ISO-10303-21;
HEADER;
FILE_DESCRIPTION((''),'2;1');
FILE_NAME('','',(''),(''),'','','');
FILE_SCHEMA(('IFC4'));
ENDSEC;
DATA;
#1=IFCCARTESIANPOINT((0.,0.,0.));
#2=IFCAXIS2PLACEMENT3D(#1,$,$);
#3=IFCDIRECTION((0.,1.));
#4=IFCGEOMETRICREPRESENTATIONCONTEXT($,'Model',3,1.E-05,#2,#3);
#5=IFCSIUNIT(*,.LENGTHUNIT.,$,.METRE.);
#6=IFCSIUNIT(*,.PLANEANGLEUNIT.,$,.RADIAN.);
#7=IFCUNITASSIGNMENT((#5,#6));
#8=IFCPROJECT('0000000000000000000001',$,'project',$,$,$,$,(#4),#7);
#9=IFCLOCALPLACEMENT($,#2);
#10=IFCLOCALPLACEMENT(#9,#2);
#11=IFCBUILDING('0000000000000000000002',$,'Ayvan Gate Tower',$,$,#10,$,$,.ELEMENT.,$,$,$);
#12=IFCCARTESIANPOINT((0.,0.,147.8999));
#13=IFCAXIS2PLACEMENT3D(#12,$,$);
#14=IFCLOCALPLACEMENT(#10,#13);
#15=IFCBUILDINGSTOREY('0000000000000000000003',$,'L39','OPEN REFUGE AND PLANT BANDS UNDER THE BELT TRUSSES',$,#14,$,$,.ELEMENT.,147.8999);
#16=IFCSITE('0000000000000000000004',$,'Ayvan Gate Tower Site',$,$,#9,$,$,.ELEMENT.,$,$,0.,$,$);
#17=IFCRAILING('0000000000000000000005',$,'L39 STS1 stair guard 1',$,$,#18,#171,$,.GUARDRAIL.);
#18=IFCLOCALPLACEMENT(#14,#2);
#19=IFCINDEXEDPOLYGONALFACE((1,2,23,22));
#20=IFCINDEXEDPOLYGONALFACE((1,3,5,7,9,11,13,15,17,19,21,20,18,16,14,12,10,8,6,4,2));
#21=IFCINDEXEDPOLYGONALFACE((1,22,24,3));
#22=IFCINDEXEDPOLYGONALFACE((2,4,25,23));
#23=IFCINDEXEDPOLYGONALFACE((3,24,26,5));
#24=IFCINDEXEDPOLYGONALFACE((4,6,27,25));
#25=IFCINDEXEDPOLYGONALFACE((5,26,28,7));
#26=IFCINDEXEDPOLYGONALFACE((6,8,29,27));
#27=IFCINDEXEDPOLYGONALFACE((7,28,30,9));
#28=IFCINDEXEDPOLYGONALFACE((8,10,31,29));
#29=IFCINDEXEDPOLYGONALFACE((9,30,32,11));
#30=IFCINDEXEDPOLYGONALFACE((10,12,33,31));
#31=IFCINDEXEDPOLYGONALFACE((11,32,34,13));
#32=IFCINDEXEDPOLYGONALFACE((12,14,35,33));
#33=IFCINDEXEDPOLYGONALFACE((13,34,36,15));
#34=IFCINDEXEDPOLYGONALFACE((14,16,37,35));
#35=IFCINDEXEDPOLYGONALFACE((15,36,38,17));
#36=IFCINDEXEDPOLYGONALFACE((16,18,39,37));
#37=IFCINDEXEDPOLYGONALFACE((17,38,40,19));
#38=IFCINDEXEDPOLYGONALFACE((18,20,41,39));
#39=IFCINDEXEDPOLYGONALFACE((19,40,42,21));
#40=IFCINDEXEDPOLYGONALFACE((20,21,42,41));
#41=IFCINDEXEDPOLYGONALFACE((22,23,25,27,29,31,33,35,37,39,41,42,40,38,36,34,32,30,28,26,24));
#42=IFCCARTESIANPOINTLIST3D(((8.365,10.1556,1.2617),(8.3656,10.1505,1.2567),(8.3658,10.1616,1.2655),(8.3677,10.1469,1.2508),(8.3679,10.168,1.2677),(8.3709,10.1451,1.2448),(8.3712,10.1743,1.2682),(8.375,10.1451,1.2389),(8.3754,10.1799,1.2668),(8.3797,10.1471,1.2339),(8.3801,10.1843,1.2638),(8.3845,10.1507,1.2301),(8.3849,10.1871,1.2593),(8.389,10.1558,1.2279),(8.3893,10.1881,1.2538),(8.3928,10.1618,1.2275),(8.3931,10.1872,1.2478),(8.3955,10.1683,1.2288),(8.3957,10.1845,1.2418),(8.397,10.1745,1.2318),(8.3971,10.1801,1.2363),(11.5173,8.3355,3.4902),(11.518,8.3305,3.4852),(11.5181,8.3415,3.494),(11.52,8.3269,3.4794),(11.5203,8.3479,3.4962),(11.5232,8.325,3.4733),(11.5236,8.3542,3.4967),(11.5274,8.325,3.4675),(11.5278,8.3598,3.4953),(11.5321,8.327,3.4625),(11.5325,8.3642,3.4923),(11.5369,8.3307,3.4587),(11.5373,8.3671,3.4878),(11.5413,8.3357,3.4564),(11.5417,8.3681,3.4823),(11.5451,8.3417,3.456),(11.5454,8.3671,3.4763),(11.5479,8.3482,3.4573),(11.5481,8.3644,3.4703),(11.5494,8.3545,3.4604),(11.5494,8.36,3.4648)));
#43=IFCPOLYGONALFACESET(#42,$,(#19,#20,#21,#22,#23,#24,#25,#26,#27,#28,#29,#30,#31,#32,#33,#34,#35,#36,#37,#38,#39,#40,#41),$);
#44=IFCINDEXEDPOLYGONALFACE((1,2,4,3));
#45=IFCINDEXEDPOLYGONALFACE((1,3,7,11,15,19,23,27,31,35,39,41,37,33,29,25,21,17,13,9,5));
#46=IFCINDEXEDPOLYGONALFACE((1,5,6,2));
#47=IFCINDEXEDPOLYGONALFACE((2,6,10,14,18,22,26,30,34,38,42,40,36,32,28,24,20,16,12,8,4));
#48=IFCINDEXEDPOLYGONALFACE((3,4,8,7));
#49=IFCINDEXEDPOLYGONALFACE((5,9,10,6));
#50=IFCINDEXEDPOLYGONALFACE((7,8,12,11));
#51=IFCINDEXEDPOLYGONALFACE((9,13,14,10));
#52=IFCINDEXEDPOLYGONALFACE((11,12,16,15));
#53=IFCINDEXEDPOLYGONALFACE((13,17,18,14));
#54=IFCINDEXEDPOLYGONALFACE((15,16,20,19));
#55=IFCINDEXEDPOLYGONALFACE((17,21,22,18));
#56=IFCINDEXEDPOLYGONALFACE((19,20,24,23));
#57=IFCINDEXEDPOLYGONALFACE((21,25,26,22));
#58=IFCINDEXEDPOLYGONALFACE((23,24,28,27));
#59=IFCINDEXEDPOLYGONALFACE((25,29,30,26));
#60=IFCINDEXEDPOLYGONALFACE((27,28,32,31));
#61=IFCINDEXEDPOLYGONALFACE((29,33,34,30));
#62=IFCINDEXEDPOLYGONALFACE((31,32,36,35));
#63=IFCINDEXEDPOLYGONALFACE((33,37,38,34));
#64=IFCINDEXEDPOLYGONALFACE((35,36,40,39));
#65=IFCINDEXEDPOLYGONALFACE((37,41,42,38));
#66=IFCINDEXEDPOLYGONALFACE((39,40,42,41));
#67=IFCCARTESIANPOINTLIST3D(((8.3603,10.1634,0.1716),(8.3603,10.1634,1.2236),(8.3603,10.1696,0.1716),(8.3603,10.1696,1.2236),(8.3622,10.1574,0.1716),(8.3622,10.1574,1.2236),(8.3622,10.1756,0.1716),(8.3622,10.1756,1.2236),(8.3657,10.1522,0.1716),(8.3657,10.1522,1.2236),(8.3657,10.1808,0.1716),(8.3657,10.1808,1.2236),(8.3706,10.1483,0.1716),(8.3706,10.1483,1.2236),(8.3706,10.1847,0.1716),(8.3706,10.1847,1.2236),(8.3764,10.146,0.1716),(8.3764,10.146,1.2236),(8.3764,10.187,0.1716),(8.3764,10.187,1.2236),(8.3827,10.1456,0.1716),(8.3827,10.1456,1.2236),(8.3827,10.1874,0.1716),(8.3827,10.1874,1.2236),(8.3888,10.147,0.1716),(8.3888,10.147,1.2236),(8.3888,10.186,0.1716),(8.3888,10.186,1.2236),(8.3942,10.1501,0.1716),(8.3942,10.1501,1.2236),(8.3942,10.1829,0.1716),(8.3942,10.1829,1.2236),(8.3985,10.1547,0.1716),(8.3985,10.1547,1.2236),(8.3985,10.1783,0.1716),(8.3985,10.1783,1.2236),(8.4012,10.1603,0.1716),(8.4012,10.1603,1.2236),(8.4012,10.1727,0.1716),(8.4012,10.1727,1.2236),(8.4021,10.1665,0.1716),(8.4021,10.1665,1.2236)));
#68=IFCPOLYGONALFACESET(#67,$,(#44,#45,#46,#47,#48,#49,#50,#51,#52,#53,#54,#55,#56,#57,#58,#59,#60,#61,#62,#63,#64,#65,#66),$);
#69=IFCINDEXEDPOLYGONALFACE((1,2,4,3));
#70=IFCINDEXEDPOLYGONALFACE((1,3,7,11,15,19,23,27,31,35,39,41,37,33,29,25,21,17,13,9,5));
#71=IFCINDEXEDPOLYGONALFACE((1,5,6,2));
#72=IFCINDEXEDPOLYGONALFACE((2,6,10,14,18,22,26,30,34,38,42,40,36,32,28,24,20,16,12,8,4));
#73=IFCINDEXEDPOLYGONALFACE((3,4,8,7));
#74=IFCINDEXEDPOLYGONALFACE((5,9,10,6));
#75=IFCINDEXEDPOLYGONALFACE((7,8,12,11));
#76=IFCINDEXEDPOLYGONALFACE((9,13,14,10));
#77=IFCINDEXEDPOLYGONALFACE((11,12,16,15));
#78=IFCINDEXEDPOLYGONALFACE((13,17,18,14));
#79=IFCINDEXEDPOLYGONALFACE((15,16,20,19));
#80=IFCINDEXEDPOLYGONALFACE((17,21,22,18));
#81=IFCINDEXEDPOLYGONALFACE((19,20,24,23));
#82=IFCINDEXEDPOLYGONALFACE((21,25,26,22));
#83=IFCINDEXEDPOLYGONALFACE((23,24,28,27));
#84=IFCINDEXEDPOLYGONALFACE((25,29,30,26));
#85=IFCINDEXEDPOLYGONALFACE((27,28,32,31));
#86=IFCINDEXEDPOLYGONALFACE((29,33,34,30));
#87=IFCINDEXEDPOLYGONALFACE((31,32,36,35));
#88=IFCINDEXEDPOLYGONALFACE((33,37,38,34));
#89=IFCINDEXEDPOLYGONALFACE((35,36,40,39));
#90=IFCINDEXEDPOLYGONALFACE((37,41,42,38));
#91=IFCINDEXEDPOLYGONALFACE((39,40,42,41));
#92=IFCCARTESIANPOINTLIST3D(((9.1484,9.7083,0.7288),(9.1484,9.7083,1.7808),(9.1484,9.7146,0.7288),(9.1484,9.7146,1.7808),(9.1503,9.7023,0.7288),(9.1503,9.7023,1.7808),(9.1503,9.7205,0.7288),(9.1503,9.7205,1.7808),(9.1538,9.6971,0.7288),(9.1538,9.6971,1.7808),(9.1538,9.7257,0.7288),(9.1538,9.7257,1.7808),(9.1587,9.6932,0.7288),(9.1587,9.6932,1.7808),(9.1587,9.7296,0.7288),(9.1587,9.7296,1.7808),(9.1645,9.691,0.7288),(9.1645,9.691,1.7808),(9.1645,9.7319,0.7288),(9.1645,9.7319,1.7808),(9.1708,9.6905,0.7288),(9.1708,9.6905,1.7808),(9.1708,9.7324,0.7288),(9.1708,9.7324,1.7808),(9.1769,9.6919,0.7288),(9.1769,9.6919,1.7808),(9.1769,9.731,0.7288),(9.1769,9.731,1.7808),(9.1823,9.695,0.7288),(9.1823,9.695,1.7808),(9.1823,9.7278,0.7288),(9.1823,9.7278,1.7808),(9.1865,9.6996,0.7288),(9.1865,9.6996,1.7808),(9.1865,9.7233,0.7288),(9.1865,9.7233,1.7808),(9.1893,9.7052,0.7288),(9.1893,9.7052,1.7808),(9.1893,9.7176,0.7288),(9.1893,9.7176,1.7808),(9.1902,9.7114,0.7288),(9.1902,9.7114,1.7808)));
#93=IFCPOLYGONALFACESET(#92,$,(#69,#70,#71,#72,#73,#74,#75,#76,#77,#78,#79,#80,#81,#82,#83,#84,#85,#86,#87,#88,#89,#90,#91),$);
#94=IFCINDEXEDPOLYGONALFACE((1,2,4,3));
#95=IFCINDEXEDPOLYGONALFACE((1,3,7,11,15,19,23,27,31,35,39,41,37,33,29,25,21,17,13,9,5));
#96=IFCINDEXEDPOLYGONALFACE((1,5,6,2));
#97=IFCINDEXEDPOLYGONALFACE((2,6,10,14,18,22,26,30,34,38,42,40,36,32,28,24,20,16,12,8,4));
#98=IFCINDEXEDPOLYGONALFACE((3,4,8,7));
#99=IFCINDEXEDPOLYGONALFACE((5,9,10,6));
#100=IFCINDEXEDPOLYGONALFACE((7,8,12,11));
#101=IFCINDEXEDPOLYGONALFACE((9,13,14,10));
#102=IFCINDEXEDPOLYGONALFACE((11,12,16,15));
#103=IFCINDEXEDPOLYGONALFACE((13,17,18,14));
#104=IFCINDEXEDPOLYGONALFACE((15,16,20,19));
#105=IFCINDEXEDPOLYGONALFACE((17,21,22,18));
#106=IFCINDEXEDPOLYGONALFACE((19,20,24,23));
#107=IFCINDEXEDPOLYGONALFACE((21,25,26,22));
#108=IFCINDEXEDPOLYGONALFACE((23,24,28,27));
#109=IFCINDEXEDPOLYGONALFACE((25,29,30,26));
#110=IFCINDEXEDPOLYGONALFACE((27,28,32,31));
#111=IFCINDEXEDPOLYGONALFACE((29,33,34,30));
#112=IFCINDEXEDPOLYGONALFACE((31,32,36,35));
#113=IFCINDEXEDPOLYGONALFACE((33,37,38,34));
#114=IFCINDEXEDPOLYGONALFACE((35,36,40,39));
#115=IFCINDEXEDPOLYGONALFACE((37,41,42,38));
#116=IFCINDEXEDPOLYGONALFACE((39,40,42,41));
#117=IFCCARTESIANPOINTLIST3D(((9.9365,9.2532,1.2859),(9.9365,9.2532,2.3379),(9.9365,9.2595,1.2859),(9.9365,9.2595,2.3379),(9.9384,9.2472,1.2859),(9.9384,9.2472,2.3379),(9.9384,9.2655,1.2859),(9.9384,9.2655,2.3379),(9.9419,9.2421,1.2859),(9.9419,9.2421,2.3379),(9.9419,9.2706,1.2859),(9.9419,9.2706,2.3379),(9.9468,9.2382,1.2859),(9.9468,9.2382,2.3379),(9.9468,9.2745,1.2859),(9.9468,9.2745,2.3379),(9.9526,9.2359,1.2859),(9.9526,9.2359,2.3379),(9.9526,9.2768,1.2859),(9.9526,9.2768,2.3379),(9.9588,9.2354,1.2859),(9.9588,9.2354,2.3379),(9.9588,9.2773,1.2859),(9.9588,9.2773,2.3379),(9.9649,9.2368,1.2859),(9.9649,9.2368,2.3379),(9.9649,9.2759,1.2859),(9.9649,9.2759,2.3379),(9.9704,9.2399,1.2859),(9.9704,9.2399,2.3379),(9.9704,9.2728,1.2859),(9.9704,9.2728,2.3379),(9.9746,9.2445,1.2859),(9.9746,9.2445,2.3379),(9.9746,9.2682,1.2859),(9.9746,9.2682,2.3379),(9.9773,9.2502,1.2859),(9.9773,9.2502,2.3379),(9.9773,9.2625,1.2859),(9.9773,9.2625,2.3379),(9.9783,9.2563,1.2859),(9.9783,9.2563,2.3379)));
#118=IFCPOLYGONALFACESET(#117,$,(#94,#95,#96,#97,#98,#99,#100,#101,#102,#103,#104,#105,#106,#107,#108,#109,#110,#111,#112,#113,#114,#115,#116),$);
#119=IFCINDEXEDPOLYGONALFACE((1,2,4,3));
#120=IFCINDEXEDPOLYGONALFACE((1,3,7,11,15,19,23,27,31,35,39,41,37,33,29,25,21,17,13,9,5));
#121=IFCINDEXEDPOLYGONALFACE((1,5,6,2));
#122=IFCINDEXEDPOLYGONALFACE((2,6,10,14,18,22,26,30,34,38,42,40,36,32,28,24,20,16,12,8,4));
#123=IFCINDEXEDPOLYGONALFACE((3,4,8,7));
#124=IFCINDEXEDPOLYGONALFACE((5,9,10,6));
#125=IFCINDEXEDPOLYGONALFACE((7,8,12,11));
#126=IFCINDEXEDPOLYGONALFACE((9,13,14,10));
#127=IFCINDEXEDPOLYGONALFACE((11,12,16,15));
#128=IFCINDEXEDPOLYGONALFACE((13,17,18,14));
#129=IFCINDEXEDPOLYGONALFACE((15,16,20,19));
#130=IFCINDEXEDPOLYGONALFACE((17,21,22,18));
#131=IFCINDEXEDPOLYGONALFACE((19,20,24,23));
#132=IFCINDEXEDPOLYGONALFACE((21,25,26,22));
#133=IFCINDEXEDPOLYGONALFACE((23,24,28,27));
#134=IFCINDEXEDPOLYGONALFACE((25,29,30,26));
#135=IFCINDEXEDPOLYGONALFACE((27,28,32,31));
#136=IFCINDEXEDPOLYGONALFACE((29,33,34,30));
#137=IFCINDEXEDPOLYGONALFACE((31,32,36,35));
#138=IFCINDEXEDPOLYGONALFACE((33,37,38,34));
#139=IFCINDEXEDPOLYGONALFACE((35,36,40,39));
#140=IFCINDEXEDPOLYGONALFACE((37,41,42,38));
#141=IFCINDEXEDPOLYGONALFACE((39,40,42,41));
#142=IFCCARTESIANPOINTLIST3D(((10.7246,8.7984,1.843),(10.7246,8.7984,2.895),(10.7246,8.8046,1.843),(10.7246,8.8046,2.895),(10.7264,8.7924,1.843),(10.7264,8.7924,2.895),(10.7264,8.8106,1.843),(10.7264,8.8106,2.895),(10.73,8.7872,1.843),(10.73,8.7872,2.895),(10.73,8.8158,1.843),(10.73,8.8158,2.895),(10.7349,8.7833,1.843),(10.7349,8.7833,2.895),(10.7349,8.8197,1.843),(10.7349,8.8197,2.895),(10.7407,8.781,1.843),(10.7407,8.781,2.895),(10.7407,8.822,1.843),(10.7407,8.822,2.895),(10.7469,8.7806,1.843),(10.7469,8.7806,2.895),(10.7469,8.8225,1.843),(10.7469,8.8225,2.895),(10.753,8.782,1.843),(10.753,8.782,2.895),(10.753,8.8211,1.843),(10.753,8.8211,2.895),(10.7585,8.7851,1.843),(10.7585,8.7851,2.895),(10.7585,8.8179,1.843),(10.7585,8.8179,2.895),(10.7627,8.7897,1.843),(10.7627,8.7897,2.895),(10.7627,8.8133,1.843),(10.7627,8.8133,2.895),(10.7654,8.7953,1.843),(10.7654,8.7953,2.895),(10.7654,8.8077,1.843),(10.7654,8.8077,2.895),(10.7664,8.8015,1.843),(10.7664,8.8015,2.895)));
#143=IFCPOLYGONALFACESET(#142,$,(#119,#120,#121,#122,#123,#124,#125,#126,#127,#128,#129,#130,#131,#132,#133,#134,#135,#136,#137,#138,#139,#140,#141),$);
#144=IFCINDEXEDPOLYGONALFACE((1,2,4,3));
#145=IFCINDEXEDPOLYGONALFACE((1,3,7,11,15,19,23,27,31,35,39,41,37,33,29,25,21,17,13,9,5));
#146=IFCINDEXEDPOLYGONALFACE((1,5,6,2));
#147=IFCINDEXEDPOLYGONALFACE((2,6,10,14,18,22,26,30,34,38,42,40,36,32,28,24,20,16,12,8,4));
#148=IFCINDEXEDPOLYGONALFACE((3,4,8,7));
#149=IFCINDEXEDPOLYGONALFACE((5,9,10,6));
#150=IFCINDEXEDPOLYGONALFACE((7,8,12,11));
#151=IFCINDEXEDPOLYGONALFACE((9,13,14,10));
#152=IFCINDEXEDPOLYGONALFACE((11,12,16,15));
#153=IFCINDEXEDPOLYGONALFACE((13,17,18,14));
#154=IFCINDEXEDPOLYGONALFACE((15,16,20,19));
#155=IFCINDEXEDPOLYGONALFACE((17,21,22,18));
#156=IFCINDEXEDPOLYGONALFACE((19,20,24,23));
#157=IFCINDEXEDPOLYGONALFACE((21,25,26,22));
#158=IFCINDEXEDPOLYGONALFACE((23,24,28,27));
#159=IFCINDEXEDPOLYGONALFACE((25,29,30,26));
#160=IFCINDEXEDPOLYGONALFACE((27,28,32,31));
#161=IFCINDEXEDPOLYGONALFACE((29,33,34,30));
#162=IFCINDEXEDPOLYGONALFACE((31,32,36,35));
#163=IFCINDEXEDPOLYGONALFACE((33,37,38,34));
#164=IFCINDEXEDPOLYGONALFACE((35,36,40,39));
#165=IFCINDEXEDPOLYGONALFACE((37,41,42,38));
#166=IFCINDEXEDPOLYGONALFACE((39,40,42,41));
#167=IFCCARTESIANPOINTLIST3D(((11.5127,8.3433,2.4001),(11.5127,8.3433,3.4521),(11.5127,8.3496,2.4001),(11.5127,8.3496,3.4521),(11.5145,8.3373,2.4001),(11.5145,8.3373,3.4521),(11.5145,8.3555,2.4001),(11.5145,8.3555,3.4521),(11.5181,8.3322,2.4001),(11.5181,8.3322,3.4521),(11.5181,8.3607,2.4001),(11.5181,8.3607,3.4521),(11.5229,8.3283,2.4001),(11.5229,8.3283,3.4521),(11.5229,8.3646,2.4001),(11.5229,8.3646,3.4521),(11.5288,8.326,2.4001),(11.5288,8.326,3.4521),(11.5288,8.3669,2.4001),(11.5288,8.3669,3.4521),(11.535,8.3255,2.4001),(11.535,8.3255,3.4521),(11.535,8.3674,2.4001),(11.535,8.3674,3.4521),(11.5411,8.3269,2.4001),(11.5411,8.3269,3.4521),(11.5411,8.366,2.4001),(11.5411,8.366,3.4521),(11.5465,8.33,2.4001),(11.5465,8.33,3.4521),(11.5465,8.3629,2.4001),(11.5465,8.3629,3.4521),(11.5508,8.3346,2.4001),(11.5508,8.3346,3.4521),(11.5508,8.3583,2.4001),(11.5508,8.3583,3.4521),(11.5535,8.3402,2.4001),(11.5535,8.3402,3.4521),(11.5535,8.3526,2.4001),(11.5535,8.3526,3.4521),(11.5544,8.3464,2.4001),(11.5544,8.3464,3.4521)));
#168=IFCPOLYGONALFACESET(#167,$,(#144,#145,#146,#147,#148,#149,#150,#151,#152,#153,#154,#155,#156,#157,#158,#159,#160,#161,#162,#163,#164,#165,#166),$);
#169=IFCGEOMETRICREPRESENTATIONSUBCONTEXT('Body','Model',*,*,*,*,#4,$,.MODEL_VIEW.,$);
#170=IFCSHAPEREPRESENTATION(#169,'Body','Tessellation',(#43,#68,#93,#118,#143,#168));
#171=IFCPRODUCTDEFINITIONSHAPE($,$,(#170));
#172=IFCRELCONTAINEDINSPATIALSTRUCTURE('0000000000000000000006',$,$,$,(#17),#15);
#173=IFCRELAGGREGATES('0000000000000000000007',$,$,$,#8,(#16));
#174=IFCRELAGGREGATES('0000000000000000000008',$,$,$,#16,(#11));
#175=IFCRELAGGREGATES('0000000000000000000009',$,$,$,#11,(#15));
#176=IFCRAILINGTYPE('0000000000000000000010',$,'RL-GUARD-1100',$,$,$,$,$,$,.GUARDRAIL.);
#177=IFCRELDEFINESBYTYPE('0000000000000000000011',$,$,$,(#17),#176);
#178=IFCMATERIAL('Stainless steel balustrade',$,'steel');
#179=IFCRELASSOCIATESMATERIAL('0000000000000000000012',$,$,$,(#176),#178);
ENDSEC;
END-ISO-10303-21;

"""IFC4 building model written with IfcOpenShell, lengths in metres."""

from ifc_helpers import new_model, si_unit, direction, frame, origin, origin_2d, place, context, subcontext, project, spatial, circle, extrude, material, type_object, element, save


model = new_model("IFC4")

# Units and contexts
model_context = context("Model", 3, precision=1e-05, world=origin(), true_north=direction((0.0, 1.0)))
body_context = subcontext(model_context, "Body", "Model", "MODEL_VIEW")
ifc_project = project(units=[si_unit("LENGTHUNIT", "METRE"), si_unit("PLANEANGLEUNIT", "RADIAN")], contexts=[model_context])

# Site, building, storey
site_placement = place(None, origin())
site = spatial("IfcSite", under=ifc_project, at=site_placement, Name="Ayvan Gate Tower Site", CompositionType="ELEMENT", RefElevation=0.0)
building_placement = place(site_placement, origin())
building = spatial("IfcBuilding", under=site, at=building_placement, Name="Ayvan Gate Tower", CompositionType="ELEMENT")
storey_placement = place(building_placement, frame((0.0, 0.0, 147.8999)))
storey = spatial("IfcBuildingStorey", under=building, at=storey_placement, Name="L39", Description="OPEN REFUGE AND PLANT BANDS UNDER THE BELT TRUSSES", CompositionType="ELEMENT", Elevation=147.8999)

# Railing
ifc_material_1 = material(Name="Stainless steel balustrade", Category="steel")
railing_type_1 = type_object("IfcRailingType", Name="RL-GUARD-1100", PredefinedType="GUARDRAIL", material=ifc_material_1)
railing_1_placement = place(storey_placement, frame((8.3811, 10.1665, 0.1716)))
element("IfcRailing", 1, at=railing_1_placement, inside=storey, type_object=railing_type_1, Name="L39 STS1 stair guard 1", PredefinedType="GUARDRAIL", context=body_context, shape_type="SweptSolid", body=[
    extrude(circle(Radius=0.0239, at=origin_2d()), frame((0.0, 0.0, 1.0762), z_axis=(0.738592, -0.426441, 0.52214), x_axis=(0.500013, 0.866018, 0.0)), (0.0, 0.0, 1.0), 4.2681),
    extrude(circle(Radius=0.021, at=origin_2d()), origin(), (0.0, 0.0, 1.0), 1.052),
    extrude(circle(Radius=0.021, at=origin_2d()), frame((0.7881, -0.4551, 0.5571)), (0.0, 0.0, 1.0), 1.052),
    extrude(circle(Radius=0.021, at=origin_2d()), frame((1.5762, -0.9102, 1.1143)), (0.0, 0.0, 1.0), 1.052),
    extrude(circle(Radius=0.021, at=origin_2d()), frame((2.3643, -1.365, 1.6714)), (0.0, 0.0, 1.0), 1.052),
    extrude(circle(Radius=0.021, at=origin_2d()), frame((3.1523, -1.8201, 2.2285)), (0.0, 0.0, 1.0), 1.052),
])

save(model, "model.ifc")
